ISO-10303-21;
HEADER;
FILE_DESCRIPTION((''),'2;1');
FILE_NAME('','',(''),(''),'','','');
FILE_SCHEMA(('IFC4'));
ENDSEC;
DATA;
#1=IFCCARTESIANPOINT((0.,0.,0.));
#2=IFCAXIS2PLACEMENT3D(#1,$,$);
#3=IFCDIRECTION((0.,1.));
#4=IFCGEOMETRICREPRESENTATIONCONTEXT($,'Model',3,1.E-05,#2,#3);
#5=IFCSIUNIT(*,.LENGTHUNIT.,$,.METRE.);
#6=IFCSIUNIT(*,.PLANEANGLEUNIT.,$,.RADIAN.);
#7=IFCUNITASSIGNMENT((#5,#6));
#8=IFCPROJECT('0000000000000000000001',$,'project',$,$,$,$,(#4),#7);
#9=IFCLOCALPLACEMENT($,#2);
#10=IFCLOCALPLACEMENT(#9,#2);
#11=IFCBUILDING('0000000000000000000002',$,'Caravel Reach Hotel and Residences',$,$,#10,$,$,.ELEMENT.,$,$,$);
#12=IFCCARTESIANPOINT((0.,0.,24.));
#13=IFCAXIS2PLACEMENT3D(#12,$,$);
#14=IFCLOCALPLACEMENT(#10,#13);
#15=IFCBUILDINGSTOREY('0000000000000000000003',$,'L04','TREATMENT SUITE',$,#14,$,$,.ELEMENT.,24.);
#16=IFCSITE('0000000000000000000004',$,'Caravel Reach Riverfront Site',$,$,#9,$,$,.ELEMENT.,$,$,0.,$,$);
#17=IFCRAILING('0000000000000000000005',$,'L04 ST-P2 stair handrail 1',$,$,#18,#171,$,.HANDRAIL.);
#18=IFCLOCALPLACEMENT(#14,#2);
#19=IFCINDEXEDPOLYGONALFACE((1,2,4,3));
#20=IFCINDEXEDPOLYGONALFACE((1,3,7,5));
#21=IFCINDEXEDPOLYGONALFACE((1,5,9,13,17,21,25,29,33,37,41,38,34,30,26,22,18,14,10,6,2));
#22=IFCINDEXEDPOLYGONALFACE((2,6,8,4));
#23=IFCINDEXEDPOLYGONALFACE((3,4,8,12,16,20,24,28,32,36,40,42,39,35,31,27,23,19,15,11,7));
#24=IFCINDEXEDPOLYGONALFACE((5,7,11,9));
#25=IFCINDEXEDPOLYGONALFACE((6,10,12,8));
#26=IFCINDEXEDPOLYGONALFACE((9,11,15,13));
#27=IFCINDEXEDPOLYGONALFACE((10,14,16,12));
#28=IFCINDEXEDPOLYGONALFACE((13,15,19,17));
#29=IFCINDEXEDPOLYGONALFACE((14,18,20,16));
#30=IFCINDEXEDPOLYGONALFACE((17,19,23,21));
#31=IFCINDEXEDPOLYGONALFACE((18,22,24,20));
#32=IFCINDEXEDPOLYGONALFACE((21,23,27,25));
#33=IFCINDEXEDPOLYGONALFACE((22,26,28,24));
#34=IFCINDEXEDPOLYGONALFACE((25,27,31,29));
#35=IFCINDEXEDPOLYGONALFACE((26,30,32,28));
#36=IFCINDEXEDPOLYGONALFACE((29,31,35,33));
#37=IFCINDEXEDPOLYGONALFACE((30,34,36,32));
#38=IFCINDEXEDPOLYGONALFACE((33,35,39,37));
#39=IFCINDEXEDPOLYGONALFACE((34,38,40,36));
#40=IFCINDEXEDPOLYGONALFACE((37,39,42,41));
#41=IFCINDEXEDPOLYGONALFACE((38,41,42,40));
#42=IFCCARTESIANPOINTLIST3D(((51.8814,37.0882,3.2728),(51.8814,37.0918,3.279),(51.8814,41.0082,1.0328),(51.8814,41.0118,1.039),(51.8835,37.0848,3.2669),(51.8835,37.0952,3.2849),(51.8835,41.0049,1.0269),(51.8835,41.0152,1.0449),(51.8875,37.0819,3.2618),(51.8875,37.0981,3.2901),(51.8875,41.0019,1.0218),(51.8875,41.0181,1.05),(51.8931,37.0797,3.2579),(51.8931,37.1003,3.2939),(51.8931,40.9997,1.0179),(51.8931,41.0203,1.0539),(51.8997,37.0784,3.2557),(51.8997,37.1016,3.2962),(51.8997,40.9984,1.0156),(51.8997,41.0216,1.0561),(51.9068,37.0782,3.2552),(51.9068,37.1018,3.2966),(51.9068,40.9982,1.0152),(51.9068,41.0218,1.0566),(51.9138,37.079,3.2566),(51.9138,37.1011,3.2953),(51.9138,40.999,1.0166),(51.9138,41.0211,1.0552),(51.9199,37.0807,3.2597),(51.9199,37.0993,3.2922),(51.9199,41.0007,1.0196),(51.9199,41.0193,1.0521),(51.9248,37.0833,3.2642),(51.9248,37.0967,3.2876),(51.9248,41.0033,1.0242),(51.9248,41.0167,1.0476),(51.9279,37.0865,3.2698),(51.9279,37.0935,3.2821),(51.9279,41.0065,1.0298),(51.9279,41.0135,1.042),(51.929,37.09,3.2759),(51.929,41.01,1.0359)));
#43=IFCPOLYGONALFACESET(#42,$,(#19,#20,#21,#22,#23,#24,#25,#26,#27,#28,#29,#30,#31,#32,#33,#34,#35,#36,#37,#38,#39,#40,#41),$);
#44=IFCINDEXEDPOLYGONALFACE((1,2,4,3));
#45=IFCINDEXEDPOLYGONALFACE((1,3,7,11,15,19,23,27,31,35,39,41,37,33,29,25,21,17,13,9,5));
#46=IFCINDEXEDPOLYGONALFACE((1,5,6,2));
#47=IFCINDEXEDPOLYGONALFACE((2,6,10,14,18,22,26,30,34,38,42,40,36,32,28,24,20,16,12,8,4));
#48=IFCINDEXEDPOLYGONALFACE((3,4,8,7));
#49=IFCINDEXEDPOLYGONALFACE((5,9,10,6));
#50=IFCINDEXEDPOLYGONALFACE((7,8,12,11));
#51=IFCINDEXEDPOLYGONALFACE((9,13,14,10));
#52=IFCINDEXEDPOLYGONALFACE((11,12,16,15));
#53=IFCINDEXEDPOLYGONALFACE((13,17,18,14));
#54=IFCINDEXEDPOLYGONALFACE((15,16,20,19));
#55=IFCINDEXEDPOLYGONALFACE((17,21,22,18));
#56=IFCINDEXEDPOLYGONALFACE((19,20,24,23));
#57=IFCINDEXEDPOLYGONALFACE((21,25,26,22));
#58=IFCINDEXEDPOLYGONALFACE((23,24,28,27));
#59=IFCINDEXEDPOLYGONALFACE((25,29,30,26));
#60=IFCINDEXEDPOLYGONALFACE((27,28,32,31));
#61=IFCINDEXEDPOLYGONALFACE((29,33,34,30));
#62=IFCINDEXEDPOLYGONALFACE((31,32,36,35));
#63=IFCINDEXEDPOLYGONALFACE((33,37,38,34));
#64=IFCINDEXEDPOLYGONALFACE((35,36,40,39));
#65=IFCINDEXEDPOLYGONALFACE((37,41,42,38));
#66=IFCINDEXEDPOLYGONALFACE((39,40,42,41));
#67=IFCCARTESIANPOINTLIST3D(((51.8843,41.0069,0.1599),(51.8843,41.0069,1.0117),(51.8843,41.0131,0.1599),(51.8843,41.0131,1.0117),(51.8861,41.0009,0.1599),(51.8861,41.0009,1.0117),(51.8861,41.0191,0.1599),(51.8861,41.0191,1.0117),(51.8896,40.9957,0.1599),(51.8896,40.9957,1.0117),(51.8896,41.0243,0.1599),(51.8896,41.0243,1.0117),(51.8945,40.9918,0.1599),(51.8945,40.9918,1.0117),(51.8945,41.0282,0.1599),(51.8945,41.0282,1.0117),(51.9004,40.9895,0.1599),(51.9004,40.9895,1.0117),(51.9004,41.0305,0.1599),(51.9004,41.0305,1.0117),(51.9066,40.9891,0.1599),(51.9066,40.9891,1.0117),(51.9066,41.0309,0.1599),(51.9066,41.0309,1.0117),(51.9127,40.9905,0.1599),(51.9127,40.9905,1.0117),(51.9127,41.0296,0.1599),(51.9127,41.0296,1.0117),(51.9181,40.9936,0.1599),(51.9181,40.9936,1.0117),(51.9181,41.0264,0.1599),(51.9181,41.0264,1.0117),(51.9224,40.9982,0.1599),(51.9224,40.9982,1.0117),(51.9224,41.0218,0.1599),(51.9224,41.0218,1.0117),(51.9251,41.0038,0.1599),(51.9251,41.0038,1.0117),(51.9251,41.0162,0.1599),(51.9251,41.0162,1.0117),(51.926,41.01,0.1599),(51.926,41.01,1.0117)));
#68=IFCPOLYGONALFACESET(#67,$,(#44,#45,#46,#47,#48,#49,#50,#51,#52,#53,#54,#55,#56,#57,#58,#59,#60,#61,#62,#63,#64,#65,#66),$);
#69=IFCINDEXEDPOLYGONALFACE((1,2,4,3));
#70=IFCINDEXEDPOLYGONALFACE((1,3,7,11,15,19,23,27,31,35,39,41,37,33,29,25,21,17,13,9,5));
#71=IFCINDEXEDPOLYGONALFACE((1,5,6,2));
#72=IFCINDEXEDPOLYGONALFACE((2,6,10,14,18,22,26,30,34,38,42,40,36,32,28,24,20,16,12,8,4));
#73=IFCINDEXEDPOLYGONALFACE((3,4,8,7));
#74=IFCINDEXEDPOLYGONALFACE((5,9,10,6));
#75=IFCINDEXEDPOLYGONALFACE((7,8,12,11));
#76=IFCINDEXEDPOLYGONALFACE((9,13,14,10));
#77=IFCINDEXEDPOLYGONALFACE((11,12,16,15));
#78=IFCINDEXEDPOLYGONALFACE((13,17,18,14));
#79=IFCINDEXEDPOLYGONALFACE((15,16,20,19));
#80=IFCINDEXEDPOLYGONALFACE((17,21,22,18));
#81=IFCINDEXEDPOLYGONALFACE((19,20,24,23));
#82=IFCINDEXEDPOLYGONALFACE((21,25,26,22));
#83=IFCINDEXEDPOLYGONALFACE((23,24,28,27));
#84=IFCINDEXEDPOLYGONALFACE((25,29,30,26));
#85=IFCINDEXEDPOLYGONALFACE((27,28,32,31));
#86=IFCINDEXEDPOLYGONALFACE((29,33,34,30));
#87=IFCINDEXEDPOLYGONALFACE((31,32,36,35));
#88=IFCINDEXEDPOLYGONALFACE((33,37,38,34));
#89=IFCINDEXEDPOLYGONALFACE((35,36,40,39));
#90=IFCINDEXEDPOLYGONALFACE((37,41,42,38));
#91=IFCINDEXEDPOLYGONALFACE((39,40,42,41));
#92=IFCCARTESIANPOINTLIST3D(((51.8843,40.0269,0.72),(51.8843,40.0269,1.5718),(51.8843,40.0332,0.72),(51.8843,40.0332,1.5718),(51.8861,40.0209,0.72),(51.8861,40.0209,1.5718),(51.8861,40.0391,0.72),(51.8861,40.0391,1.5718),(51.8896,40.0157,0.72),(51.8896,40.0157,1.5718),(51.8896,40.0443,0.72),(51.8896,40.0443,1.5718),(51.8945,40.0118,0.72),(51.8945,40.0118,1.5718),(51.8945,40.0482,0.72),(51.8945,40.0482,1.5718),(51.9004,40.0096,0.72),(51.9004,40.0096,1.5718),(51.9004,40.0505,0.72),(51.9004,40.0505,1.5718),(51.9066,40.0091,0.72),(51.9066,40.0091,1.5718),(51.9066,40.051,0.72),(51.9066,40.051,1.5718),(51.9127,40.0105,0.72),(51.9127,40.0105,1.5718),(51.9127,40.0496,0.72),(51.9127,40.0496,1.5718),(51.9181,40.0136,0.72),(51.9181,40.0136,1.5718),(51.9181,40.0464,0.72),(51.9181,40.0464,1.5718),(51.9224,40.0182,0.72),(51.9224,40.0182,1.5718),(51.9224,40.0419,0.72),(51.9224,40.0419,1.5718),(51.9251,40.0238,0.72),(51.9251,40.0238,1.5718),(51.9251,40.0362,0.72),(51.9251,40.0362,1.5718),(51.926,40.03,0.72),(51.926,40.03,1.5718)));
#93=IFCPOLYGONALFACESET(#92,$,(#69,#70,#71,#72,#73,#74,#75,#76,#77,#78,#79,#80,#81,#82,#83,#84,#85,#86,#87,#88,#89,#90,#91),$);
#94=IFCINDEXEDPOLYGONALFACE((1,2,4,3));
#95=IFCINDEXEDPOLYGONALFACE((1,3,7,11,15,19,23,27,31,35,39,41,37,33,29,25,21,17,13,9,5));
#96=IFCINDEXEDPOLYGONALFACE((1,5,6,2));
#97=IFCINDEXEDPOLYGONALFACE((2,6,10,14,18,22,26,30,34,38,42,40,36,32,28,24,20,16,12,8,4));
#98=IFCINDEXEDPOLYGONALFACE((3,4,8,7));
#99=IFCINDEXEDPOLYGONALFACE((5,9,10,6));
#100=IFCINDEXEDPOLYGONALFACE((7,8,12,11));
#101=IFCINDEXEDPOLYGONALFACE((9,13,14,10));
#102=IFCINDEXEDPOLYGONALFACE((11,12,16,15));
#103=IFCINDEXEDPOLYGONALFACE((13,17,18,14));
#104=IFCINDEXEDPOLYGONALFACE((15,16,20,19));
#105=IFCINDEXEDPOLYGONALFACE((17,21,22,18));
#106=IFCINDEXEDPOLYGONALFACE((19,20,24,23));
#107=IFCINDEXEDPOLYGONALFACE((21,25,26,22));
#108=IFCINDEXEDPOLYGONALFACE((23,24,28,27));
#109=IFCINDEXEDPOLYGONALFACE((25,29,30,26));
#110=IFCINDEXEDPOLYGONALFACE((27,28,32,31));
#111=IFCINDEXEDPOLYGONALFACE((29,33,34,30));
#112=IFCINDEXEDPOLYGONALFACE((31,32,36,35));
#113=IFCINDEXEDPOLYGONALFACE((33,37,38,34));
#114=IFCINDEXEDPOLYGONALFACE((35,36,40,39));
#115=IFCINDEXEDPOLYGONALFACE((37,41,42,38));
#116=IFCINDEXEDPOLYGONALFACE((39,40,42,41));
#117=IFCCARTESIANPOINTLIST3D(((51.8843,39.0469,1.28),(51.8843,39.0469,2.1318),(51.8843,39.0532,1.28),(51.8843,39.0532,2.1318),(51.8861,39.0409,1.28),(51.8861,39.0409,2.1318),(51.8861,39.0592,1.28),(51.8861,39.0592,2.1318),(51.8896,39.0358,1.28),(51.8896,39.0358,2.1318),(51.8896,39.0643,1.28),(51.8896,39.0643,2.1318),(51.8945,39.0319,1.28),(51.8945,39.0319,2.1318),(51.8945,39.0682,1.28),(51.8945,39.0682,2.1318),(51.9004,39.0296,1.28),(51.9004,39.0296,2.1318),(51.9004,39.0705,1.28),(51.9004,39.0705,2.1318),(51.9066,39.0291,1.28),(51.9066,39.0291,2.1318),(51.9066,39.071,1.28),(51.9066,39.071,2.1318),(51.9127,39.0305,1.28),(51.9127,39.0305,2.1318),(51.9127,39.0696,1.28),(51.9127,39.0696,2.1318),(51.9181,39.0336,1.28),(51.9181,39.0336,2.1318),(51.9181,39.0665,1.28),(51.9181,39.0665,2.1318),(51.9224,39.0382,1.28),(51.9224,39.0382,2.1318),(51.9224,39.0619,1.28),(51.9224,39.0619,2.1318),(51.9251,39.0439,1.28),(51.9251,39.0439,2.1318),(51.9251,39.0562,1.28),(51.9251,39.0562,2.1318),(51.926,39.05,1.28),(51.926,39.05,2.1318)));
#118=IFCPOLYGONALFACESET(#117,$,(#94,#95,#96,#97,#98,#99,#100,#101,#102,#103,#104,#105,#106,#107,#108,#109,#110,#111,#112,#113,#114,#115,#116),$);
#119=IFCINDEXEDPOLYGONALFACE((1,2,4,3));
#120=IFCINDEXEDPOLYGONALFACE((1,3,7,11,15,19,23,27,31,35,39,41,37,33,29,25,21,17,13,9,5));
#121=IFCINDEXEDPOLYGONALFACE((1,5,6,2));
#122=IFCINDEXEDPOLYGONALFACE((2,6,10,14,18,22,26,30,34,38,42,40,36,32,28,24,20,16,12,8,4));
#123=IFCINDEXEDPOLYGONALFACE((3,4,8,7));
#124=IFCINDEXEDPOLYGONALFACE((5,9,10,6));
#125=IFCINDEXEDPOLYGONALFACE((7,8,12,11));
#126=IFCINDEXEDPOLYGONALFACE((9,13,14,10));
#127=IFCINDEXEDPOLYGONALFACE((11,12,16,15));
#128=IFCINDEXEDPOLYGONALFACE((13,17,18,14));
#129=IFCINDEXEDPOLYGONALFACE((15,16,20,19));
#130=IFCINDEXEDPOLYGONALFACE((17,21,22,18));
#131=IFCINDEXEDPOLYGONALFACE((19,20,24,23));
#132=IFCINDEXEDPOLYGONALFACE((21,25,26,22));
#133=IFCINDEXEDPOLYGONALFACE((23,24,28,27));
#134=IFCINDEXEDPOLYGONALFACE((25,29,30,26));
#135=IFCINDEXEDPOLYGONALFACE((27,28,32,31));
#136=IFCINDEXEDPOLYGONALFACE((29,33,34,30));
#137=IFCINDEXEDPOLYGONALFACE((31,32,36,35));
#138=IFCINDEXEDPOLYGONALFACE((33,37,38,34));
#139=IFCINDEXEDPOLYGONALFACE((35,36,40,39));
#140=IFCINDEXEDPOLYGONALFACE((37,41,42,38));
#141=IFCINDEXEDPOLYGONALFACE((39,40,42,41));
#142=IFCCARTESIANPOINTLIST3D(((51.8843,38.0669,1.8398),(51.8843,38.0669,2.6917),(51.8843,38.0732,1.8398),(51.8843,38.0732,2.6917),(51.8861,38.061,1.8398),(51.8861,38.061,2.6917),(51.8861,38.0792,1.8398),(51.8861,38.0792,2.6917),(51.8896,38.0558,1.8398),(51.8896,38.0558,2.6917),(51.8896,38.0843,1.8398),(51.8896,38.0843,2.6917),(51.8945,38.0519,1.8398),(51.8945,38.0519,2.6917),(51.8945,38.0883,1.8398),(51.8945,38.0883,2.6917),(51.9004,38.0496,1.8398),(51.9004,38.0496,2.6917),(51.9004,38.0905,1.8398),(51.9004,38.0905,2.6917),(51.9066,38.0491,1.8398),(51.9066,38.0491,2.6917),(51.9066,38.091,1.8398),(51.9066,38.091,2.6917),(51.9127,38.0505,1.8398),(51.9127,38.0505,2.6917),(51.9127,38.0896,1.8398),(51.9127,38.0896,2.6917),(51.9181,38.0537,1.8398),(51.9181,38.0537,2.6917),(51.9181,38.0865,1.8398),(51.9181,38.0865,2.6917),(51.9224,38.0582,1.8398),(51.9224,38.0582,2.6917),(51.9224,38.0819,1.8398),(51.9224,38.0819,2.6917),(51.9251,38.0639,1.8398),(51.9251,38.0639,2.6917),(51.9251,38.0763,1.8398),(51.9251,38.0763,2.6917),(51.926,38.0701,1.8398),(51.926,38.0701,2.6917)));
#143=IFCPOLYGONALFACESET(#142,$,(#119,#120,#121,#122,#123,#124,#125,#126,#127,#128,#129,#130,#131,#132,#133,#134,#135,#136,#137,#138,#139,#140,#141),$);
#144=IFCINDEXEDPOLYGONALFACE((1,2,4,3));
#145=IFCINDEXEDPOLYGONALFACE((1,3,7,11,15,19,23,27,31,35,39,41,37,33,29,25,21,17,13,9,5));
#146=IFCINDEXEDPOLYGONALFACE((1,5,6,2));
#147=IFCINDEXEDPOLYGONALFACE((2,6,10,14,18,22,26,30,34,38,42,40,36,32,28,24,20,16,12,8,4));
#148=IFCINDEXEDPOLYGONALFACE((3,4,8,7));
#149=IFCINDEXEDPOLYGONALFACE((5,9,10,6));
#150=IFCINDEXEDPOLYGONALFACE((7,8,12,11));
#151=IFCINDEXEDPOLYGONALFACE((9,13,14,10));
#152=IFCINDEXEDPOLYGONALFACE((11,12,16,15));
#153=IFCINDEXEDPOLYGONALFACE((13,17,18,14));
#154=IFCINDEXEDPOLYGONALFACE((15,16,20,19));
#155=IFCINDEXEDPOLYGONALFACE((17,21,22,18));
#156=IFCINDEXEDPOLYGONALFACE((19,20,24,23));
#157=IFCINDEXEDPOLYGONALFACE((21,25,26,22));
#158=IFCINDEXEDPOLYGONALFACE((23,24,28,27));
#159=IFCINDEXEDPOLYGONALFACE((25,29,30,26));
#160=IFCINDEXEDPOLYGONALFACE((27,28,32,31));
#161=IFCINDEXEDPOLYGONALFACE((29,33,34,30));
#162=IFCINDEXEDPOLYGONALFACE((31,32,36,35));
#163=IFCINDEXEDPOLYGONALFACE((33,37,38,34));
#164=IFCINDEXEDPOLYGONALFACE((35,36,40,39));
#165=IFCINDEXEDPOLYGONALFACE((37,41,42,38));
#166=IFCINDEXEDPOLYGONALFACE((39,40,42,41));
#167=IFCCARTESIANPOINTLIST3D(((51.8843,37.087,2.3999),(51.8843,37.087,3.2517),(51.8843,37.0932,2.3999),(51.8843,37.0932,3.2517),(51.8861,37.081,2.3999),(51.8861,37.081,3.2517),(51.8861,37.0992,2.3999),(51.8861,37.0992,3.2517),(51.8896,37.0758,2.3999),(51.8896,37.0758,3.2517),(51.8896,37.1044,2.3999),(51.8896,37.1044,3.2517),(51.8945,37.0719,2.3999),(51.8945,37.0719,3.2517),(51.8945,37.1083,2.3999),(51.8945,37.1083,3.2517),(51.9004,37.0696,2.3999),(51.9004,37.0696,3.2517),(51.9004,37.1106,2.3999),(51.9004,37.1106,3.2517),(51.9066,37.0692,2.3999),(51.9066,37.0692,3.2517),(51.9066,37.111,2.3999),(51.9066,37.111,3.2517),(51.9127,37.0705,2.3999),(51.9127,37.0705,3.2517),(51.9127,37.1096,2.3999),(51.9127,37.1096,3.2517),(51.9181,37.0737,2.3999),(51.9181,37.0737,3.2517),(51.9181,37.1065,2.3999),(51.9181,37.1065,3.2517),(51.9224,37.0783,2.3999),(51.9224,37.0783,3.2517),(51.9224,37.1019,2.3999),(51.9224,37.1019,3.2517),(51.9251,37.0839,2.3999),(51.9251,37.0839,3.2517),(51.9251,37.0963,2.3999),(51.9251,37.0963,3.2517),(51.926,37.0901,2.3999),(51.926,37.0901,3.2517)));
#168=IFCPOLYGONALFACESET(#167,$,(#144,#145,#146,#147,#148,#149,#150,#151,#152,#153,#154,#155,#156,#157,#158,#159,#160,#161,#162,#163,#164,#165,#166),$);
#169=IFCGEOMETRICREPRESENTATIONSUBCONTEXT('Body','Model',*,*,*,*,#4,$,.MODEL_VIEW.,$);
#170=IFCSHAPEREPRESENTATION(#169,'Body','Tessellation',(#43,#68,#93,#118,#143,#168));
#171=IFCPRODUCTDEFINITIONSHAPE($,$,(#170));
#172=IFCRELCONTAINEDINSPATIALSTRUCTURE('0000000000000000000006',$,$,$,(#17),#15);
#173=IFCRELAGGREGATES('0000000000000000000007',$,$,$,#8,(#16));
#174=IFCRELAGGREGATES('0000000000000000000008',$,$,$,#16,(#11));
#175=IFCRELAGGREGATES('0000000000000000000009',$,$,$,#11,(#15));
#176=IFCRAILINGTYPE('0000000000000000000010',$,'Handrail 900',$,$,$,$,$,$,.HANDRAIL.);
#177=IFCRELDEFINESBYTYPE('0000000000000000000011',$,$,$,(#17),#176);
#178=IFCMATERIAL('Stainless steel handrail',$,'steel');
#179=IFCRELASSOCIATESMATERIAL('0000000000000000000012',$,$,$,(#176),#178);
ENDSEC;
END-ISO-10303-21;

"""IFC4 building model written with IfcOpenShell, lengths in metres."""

from ifc_helpers import new_model, si_unit, direction, frame, origin, origin_2d, place, context, subcontext, project, spatial, circle, extrude, material, type_object, element, save


model = new_model("IFC4")

# Units and contexts
model_context = context("Model", 3, precision=1e-05, world=origin(), true_north=direction((0.0, 1.0)))
body_context = subcontext(model_context, "Body", "Model", "MODEL_VIEW")
ifc_project = project(units=[si_unit("LENGTHUNIT", "METRE"), si_unit("PLANEANGLEUNIT", "RADIAN")], contexts=[model_context])

# Site, building, storey
site_placement = place(None, origin())
site = spatial("IfcSite", under=ifc_project, at=site_placement, Name="Caravel Reach Riverfront Site", CompositionType="ELEMENT", RefElevation=0.0)
building_placement = place(site_placement, origin())
building = spatial("IfcBuilding", under=site, at=building_placement, Name="Caravel Reach Hotel and Residences", CompositionType="ELEMENT")
storey_placement = place(building_placement, frame((0.0, 0.0, 24.0)))
storey = spatial("IfcBuildingStorey", under=building, at=storey_placement, Name="L04", Description="TREATMENT SUITE", CompositionType="ELEMENT", Elevation=24.0)

# Railing
ifc_material_1 = material(Name="Stainless steel handrail", Category="steel")
railing_type_1 = type_object("IfcRailingType", Name="Handrail 900", PredefinedType="HANDRAIL", material=ifc_material_1)
railing_1_placement = place(storey_placement, frame((51.905, 41.01, 0.1599)))
element("IfcRailing", 1, at=railing_1_placement, inside=storey, type_object=railing_type_1, Name="L04 ST-P2 stair handrail 1", PredefinedType="HANDRAIL", context=body_context, shape_type="SweptSolid", body=[
    extrude(circle(Radius=0.0239, at=origin_2d()), frame((0.0, 0.0, 0.876), z_axis=(0.0, -0.86824, 0.496145), x_axis=(1.0, 0.0, 0.0)), (0.0, 0.0, 1.0), 4.5149),
    extrude(circle(Radius=0.021, at=origin_2d()), origin(), (0.0, 0.0, 1.0), 0.8518),
    extrude(circle(Radius=0.021, at=origin_2d()), frame((0.0, -0.98, 0.5601)), (0.0, 0.0, 1.0), 0.8518),
    extrude(circle(Radius=0.021, at=origin_2d()), frame((0.0, -1.96, 1.1201)), (0.0, 0.0, 1.0), 0.8518),
    extrude(circle(Radius=0.021, at=origin_2d()), frame((0.0, -2.9399, 1.6799)), (0.0, 0.0, 1.0), 0.8518),
    extrude(circle(Radius=0.021, at=origin_2d()), frame((0.0, -3.9199, 2.24)), (0.0, 0.0, 1.0), 0.8518),
])

save(model, "model.ifc")
